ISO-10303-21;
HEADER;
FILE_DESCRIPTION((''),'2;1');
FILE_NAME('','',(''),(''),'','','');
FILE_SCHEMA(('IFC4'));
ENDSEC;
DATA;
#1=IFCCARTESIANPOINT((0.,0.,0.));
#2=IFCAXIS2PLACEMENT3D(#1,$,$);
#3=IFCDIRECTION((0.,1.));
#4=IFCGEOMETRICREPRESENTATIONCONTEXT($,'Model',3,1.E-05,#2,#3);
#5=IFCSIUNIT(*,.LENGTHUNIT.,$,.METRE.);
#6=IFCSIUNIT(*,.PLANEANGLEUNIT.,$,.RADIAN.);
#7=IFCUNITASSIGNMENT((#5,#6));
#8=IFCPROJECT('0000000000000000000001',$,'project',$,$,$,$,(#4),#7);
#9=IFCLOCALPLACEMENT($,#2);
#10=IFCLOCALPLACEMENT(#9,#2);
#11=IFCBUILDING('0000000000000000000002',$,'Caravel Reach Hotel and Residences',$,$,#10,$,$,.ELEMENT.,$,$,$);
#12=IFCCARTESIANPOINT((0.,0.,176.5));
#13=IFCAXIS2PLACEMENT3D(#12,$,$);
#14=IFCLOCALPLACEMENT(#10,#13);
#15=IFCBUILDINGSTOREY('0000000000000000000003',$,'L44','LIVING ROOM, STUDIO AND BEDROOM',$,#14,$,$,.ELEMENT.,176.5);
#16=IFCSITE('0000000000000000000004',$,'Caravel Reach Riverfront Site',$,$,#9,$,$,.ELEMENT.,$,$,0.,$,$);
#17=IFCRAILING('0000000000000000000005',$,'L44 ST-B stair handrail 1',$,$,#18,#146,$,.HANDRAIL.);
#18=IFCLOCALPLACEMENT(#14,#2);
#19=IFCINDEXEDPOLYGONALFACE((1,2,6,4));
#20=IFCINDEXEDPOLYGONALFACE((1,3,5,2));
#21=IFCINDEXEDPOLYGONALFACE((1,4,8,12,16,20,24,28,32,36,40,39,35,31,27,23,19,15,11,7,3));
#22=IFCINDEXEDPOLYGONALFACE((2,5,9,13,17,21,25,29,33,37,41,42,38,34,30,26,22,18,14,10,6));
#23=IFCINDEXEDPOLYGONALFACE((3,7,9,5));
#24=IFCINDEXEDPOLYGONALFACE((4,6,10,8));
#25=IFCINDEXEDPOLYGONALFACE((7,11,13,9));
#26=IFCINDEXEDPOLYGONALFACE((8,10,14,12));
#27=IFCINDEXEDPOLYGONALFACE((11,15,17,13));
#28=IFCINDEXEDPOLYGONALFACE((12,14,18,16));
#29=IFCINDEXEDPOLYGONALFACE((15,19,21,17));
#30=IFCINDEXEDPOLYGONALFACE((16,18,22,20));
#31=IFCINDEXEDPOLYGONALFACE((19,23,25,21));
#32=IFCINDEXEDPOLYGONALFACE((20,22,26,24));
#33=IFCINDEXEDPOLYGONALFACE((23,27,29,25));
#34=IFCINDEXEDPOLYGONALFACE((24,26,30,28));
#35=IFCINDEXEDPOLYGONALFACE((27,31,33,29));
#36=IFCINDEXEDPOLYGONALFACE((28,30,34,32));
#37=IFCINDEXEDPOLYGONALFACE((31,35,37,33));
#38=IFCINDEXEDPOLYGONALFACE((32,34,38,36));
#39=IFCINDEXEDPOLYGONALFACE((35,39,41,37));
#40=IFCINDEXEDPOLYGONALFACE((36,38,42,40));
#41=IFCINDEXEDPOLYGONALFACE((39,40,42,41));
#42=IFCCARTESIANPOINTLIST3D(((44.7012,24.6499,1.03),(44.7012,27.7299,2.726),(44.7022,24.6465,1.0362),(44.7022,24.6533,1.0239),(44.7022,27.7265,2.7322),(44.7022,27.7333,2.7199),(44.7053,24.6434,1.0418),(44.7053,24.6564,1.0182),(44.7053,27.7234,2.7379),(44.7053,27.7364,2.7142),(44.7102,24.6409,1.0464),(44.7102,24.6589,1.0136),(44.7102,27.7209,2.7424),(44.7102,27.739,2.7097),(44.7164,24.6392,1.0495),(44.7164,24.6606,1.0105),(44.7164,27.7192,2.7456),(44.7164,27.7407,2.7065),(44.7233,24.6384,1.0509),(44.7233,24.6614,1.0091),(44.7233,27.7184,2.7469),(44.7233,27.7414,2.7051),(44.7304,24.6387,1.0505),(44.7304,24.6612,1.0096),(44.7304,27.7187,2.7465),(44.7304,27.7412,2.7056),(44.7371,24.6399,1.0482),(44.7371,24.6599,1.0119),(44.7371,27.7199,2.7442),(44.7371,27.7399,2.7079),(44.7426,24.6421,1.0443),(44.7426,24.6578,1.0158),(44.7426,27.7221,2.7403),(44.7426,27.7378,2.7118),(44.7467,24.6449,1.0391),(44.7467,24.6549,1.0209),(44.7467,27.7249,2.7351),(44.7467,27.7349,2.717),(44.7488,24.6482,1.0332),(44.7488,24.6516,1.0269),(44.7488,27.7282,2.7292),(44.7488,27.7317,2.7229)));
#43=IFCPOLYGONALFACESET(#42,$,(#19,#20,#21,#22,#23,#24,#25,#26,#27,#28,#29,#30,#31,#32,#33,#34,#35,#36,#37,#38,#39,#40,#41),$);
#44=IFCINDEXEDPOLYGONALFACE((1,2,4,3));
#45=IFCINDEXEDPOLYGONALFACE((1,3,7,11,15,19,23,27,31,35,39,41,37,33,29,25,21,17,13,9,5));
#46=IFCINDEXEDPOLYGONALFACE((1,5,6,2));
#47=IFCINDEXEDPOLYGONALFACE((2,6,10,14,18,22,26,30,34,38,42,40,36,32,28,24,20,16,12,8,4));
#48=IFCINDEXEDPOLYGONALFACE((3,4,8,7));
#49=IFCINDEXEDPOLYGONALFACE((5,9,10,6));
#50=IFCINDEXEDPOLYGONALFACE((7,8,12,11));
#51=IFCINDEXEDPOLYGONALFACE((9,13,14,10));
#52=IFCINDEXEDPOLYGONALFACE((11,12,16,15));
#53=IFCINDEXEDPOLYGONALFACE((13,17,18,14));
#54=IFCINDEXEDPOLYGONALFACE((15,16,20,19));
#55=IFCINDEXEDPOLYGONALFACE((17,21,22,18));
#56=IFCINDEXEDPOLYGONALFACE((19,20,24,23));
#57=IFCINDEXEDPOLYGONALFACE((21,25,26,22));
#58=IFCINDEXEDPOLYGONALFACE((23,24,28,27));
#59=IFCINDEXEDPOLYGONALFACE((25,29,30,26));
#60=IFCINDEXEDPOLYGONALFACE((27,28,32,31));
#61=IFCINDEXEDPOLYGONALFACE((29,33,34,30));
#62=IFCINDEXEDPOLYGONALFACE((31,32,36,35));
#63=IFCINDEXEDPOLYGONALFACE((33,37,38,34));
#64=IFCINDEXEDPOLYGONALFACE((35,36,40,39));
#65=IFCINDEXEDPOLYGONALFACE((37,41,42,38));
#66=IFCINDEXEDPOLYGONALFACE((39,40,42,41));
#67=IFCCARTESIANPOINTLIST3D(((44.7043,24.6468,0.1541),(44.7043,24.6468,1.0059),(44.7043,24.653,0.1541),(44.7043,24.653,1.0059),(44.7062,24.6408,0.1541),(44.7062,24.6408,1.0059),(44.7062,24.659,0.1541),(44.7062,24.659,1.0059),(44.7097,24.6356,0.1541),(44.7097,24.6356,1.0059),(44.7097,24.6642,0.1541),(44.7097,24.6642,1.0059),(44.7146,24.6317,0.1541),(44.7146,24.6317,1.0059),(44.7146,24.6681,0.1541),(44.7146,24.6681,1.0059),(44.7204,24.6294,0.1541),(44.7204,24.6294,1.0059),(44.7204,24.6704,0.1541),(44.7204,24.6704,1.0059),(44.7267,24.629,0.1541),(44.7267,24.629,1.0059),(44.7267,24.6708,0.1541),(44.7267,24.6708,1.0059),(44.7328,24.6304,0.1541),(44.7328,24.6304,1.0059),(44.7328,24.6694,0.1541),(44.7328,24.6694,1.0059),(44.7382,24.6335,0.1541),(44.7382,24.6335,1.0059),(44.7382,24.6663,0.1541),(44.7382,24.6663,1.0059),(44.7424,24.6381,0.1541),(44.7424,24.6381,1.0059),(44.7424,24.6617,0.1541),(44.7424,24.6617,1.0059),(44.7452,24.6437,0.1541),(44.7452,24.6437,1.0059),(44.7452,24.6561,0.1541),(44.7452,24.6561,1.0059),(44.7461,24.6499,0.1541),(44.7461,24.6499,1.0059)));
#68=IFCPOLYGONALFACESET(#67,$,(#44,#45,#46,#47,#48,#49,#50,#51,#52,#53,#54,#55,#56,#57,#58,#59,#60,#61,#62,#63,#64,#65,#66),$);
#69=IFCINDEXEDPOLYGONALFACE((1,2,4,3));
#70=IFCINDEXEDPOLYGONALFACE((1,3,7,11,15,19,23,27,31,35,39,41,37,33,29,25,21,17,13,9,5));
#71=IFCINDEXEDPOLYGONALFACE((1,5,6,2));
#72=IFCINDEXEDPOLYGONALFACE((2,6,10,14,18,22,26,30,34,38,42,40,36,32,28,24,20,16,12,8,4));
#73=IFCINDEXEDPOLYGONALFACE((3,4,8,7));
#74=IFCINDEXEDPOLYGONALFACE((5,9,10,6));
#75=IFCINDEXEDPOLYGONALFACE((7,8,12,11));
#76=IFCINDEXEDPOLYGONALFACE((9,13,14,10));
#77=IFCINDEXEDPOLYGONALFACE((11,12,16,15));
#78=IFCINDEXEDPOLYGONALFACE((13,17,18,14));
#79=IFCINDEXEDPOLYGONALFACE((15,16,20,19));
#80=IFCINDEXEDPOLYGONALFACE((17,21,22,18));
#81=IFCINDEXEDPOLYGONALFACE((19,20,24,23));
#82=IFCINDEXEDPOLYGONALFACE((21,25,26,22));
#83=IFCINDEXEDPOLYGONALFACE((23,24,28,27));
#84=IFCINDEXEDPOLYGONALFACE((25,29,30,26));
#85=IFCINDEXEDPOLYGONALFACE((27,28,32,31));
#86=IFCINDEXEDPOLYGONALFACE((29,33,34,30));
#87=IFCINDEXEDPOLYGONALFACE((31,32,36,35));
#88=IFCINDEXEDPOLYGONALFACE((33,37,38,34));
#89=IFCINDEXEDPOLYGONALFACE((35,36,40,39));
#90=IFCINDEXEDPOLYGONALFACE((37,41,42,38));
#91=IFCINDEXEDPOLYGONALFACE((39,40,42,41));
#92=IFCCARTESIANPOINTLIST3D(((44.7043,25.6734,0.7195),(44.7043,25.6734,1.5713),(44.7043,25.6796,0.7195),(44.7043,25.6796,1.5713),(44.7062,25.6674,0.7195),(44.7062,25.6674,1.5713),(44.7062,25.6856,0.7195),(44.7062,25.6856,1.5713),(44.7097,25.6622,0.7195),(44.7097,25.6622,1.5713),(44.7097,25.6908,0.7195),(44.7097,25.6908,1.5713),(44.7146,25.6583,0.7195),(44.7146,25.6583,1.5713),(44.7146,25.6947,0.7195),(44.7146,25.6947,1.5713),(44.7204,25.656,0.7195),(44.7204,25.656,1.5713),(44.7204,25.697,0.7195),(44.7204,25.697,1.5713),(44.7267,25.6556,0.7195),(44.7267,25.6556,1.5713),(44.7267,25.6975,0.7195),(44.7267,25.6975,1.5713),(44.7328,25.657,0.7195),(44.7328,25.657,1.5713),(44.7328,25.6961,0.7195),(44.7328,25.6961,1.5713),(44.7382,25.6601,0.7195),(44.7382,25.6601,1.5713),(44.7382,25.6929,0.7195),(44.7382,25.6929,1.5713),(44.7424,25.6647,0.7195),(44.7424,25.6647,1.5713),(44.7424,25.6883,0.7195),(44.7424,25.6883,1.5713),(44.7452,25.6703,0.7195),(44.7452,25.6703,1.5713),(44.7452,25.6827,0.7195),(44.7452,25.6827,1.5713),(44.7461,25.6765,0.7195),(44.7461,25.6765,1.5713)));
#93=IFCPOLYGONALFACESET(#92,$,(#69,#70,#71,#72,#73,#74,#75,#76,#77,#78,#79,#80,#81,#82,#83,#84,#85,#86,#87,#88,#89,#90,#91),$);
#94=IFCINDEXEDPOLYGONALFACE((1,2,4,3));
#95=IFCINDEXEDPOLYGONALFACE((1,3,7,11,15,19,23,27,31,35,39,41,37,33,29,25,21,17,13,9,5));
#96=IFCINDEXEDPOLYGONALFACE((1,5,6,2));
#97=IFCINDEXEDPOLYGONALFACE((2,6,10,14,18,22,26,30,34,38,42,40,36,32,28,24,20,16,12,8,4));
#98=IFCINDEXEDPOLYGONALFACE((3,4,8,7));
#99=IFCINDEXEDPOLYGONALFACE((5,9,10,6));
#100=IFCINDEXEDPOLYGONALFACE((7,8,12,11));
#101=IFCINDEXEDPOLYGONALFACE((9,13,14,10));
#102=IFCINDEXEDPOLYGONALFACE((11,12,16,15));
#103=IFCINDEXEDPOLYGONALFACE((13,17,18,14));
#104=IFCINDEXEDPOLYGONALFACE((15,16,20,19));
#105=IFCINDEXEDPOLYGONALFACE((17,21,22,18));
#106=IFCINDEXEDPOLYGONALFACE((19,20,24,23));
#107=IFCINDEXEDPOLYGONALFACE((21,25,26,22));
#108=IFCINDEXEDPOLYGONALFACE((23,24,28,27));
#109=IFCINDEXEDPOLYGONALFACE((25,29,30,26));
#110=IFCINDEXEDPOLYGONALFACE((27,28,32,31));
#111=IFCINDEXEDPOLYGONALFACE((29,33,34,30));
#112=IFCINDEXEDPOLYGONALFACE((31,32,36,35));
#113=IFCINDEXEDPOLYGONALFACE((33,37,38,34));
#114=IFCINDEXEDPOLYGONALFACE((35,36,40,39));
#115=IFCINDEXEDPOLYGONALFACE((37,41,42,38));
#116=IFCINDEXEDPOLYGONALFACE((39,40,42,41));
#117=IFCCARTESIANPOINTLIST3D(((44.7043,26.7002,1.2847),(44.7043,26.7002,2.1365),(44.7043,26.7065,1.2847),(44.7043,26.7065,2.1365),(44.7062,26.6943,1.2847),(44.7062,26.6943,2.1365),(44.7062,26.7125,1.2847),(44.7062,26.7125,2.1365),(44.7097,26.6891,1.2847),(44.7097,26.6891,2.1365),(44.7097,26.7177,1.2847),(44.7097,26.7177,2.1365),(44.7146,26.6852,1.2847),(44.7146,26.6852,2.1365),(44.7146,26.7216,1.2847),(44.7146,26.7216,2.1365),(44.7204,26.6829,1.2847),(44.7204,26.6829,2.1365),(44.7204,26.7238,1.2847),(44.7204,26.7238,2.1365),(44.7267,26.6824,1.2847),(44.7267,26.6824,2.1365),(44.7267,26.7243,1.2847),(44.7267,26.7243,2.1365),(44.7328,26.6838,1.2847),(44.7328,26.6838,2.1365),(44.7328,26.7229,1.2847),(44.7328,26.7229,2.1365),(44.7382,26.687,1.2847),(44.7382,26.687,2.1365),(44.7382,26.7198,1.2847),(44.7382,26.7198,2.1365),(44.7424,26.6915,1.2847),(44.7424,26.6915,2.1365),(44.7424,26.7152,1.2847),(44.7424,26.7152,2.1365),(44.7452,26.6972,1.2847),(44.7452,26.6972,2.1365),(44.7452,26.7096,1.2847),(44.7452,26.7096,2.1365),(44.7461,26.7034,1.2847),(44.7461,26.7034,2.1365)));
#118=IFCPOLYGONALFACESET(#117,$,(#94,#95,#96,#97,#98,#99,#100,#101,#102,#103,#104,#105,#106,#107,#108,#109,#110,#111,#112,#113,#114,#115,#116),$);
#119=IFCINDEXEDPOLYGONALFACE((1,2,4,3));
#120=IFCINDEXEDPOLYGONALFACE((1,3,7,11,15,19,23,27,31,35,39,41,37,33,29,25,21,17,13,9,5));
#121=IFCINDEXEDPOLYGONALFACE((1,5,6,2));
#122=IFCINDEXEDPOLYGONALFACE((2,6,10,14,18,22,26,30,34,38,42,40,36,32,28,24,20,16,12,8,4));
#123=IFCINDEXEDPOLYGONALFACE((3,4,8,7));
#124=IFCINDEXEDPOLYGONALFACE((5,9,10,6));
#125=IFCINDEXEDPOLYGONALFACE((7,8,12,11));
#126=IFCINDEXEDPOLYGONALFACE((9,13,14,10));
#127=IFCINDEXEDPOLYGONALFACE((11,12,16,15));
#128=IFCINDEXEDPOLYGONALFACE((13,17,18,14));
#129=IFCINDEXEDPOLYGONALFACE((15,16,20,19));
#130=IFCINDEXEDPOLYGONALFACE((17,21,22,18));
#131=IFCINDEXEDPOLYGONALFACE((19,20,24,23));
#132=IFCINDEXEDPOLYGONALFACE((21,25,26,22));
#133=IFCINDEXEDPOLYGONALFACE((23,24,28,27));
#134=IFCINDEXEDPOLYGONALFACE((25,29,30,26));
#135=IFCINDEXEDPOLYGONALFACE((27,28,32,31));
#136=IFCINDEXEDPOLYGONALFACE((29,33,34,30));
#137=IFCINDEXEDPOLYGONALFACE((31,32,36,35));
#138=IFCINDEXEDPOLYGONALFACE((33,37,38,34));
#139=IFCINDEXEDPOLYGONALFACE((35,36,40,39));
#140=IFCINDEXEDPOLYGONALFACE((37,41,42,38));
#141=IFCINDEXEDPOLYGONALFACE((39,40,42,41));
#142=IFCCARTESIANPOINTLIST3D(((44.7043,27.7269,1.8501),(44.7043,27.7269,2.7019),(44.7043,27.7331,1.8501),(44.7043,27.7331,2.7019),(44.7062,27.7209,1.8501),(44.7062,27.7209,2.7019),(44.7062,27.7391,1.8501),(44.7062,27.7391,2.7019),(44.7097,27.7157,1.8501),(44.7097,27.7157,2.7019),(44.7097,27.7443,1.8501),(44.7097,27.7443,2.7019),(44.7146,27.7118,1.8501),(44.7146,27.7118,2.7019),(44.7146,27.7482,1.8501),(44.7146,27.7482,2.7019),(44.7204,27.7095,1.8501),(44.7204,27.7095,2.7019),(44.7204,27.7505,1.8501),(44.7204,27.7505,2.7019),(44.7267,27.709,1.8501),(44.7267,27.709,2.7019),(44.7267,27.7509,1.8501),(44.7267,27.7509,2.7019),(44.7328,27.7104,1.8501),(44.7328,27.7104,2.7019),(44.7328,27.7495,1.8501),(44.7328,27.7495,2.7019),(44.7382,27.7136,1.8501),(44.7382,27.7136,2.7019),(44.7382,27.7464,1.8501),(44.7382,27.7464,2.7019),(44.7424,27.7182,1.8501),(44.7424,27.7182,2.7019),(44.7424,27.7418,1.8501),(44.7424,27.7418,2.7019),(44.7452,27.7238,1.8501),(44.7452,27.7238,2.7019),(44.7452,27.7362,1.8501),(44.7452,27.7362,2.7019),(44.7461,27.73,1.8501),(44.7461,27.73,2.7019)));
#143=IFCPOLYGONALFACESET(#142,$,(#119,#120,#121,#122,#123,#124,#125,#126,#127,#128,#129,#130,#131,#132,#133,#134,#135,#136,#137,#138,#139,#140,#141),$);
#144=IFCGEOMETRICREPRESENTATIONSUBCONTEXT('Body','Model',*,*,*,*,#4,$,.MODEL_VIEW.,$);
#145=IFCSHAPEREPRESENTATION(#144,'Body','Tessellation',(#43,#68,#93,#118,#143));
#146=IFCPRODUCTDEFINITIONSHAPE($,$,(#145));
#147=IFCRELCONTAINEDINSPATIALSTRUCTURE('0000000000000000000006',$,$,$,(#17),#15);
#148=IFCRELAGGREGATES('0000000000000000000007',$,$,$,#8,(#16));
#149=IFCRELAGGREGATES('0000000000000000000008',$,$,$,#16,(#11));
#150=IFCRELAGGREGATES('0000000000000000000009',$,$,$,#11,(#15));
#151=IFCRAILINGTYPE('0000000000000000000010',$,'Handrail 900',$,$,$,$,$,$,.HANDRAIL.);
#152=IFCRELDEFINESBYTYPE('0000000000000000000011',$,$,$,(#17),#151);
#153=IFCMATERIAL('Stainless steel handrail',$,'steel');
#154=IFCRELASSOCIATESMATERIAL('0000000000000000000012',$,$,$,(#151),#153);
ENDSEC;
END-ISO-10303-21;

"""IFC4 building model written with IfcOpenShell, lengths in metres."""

from ifc_helpers import new_model, si_unit, direction, frame, origin, origin_2d, place, context, subcontext, project, spatial, circle, extrude, material, type_object, element, save


model = new_model("IFC4")

# Units and contexts
model_context = context("Model", 3, precision=1e-05, world=origin(), true_north=direction((0.0, 1.0)))
body_context = subcontext(model_context, "Body", "Model", "MODEL_VIEW")
ifc_project = project(units=[si_unit("LENGTHUNIT", "METRE"), si_unit("PLANEANGLEUNIT", "RADIAN")], contexts=[model_context])

# Site, building, storey
site_placement = place(None, origin())
site = spatial("IfcSite", under=ifc_project, at=site_placement, Name="Caravel Reach Riverfront Site", CompositionType="ELEMENT", RefElevation=0.0)
building_placement = place(site_placement, origin())
building = spatial("IfcBuilding", under=site, at=building_placement, Name="Caravel Reach Hotel and Residences", CompositionType="ELEMENT")
storey_placement = place(building_placement, frame((0.0, 0.0, 176.5)))
storey = spatial("IfcBuildingStorey", under=building, at=storey_placement, Name="L44", Description="LIVING ROOM, STUDIO AND BEDROOM", CompositionType="ELEMENT", Elevation=176.5)

# Railing
ifc_material_1 = material(Name="Stainless steel handrail", Category="steel")
railing_type_1 = type_object("IfcRailingType", Name="Handrail 900", PredefinedType="HANDRAIL", material=ifc_material_1)
railing_1_placement = place(storey_placement, frame((44.7251, 24.6499, 0.1541)))
element("IfcRailing", 1, at=railing_1_placement, inside=storey, type_object=railing_type_1, Name="L44 ST-B stair handrail 1", PredefinedType="HANDRAIL", context=body_context, shape_type="SweptSolid", body=[
    extrude(circle(Radius=0.0239, at=origin_2d()), frame((0.0, 0.0, 0.876), z_axis=(0.0, 0.875975, 0.482356), x_axis=(-1.0, 0.0, 0.0)), (0.0, 0.0, 1.0), 3.5161),
    extrude(circle(Radius=0.021, at=origin_2d()), origin(), (0.0, 0.0, 1.0), 0.8518),
    extrude(circle(Radius=0.021, at=origin_2d()), frame((0.0, 1.0266, 0.5654)), (0.0, 0.0, 1.0), 0.8518),
    extrude(circle(Radius=0.021, at=origin_2d()), frame((0.0, 2.0535, 1.1306)), (0.0, 0.0, 1.0), 0.8518),
    extrude(circle(Radius=0.021, at=origin_2d()), frame((0.0, 3.0801, 1.696)), (0.0, 0.0, 1.0), 0.8518),
])

save(model, "model.ifc")
